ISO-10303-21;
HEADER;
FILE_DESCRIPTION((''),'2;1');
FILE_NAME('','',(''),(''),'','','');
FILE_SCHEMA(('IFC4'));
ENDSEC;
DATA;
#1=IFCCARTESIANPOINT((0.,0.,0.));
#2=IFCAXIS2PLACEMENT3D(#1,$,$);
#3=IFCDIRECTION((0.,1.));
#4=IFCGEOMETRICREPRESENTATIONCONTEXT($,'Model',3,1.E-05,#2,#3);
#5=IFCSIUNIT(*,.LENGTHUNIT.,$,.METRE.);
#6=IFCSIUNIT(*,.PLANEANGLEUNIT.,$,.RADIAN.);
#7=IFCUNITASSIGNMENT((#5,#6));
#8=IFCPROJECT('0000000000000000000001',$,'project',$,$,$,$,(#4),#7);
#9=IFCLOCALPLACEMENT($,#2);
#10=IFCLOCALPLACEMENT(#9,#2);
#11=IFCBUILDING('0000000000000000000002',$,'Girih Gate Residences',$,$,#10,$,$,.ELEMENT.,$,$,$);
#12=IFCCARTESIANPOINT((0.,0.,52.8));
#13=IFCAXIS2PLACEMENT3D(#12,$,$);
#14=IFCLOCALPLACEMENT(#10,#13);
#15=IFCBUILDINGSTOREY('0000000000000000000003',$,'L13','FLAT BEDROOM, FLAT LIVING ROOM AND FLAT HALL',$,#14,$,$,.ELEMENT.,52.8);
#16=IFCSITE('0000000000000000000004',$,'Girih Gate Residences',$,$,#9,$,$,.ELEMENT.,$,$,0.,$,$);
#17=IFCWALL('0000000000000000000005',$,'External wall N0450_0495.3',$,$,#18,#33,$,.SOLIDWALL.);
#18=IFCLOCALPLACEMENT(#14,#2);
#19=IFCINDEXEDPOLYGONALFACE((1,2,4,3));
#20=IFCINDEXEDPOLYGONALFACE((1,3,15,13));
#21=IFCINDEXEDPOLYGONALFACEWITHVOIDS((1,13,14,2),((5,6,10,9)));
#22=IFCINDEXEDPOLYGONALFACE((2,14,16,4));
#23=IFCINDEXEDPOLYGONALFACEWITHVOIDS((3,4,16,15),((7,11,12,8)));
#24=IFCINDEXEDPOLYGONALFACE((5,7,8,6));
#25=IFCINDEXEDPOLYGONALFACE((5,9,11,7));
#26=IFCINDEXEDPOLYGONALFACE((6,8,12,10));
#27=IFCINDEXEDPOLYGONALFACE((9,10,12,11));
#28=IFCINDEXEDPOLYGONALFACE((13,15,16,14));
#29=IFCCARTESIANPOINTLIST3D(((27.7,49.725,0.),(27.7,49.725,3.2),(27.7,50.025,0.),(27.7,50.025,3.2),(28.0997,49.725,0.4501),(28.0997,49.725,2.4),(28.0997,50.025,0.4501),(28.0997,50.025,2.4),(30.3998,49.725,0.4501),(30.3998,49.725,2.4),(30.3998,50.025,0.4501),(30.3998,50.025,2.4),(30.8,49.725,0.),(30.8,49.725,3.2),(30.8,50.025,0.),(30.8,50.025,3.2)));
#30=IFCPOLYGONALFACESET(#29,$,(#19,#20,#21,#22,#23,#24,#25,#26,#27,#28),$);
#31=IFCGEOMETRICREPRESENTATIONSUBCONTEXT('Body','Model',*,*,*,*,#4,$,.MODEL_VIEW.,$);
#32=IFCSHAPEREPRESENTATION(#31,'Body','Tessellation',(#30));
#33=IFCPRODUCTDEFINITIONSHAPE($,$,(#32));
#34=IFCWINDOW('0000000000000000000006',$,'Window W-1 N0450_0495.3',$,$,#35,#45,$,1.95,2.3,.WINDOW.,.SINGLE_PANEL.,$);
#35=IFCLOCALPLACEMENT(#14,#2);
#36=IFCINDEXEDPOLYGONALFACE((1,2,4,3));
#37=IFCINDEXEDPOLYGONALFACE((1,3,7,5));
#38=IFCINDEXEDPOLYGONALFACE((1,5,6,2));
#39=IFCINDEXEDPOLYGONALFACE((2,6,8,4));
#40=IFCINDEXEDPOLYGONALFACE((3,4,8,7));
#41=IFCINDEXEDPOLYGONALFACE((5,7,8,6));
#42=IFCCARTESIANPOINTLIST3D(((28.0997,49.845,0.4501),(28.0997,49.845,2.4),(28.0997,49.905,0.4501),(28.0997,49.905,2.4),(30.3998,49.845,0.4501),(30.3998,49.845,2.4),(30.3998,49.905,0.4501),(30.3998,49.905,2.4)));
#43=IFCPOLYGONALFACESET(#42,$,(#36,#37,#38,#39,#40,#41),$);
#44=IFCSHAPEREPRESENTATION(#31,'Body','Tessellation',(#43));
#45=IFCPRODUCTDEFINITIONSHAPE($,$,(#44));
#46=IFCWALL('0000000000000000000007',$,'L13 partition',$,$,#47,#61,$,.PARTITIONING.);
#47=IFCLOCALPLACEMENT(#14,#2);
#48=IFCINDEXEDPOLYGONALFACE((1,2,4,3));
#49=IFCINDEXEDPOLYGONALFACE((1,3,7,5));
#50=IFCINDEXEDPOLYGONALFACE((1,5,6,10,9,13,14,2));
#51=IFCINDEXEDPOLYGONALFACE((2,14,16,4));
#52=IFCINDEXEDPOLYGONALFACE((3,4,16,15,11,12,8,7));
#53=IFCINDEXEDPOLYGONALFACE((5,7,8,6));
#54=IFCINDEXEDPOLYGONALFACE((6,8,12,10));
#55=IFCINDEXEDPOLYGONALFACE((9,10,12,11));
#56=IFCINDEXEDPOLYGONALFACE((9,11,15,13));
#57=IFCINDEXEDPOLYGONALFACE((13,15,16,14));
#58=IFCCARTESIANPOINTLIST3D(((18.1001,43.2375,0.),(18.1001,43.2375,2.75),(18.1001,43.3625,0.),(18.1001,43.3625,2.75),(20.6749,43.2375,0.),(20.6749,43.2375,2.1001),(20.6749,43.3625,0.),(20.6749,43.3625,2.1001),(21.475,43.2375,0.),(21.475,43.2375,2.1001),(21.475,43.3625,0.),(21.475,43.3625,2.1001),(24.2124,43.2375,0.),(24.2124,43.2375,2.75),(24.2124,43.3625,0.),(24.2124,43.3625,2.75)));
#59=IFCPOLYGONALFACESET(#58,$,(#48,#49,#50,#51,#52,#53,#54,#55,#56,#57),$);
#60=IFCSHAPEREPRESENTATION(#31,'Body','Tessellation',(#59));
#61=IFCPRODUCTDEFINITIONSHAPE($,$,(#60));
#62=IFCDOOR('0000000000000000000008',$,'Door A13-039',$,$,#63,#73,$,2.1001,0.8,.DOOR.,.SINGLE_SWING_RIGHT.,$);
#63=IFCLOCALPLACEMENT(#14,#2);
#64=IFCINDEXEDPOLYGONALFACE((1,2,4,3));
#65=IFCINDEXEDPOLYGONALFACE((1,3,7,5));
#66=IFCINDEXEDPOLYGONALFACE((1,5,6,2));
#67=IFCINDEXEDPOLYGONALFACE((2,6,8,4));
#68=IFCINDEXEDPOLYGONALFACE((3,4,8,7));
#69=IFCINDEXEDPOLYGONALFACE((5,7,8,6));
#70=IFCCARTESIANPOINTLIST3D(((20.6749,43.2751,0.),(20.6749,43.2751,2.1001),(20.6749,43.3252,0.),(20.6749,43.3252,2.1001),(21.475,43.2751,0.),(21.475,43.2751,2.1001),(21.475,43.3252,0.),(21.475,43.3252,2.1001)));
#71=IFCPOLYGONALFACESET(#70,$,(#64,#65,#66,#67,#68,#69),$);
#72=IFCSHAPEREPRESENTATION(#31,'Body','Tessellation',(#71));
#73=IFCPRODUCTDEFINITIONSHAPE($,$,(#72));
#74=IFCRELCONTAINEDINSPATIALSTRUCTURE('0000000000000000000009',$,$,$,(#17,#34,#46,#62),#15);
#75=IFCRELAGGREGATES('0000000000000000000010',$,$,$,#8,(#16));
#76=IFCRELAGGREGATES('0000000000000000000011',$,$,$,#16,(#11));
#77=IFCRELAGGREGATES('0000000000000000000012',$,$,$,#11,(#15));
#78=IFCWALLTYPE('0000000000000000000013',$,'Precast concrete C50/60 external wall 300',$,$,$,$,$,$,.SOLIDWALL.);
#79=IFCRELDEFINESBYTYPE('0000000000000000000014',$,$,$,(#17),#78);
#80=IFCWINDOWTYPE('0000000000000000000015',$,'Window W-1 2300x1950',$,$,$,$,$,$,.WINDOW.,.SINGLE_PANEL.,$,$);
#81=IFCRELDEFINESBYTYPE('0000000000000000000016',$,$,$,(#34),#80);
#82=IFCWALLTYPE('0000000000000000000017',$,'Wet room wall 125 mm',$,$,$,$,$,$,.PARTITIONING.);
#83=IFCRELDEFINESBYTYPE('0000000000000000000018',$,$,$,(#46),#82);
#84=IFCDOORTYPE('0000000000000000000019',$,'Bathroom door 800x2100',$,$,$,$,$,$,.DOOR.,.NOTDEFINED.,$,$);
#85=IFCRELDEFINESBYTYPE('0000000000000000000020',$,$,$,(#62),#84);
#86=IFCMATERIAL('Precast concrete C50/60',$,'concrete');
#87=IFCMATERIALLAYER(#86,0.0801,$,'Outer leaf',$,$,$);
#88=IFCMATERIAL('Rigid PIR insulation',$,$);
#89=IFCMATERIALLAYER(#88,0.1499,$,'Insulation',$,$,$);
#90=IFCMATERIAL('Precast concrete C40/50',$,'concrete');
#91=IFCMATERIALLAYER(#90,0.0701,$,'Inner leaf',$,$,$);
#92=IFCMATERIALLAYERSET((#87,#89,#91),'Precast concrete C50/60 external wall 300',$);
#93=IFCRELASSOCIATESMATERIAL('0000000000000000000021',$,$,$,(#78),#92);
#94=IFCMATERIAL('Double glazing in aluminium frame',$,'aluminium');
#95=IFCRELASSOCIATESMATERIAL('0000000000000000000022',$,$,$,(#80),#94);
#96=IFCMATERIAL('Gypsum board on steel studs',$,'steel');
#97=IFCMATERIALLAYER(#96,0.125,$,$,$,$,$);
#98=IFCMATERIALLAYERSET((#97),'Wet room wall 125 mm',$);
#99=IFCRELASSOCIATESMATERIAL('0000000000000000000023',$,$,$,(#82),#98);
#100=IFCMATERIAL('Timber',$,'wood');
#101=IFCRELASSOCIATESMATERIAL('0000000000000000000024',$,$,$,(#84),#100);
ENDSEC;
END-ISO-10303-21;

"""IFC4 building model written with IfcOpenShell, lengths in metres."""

from ifc_helpers import new_model, si_unit, direction, frame, frame_2d, origin, place, context, subcontext, project, spatial, rectangle, extrude, material, layer, layer_set, type_object, element, fill, save


model = new_model("IFC4")

# Units and contexts
model_context = context("Model", 3, precision=1e-05, world=origin(), true_north=direction((0.0, 1.0)))
body_context = subcontext(model_context, "Body", "Model", "MODEL_VIEW")
ifc_project = project(units=[si_unit("LENGTHUNIT", "METRE"), si_unit("PLANEANGLEUNIT", "RADIAN")], contexts=[model_context])

# Site, building, storey
site_placement = place(None, origin())
site = spatial("IfcSite", under=ifc_project, at=site_placement, Name="Girih Gate Residences", CompositionType="ELEMENT", RefElevation=0.0)
building_placement = place(site_placement, origin())
building = spatial("IfcBuilding", under=site, at=building_placement, Name="Girih Gate Residences", CompositionType="ELEMENT")
storey_placement = place(building_placement, frame((0.0, 0.0, 52.8)))
storey = spatial("IfcBuildingStorey", under=building, at=storey_placement, Name="L13", Description="FLAT BEDROOM, FLAT LIVING ROOM AND FLAT HALL", CompositionType="ELEMENT", Elevation=52.8)

# Shared definitions
ifc_material_1 = material(Name="Gypsum board on steel studs", Category="steel")

# Shared definitions
ifc_material_2 = material(Name="Timber", Category="wood")

# Wall, opening, window
ifc_material_3 = material(Name="Precast concrete C50/60", Category="concrete")
ifc_layer_1 = layer(ifc_material_3, 0.0801, Name="Outer leaf")
ifc_material_4 = material(Name="Rigid PIR insulation")
ifc_layer_2 = layer(ifc_material_4, 0.1499, Name="Insulation")
ifc_material_5 = material(Name="Precast concrete C40/50", Category="concrete")
ifc_layer_3 = layer(ifc_material_5, 0.0701, Name="Inner leaf")
ifc_layer_set_1 = layer_set([ifc_layer_1, ifc_layer_2, ifc_layer_3], Name="Precast concrete C50/60 external wall 300")
wall_type_1 = type_object("IfcWallType", Name="Precast concrete C50/60 external wall 300", PredefinedType="SOLIDWALL", material=ifc_layer_set_1)
wall_1_placement = place(storey_placement, frame((27.7, 49.875, 0.0), z_axis=(0.0, 0.0, 1.0), x_axis=(1.0, 0.0, 0.0)))
wall_1 = element("IfcWall", 1, at=wall_1_placement, inside=storey, type_object=wall_type_1, Name="External wall N0450_0495.3", PredefinedType="SOLIDWALL", context=body_context, shape_type="SweptSolid", body=[
    extrude(rectangle(XDim=3.1001, YDim=0.3, at=frame_2d((1.55, 0.0))), origin(), (0.0, 0.0, 1.0), 3.2),
])
opening_1_placement = place(wall_1_placement, frame((0.3999, 0.0, 0.45)))
opening_1 = element("IfcOpeningElement", 2, at=opening_1_placement, cuts=wall_1, PredefinedType="OPENING", context=body_context, shape_type="SweptSolid", body=[
    extrude(rectangle(XDim=2.3, YDim=1.95, at=frame_2d((1.1499, 0.9751))), frame((0.0, 0.1599, 0.0), z_axis=(0.0, -1.0, 0.0), x_axis=(1.0, 0.0, 0.0)), (0.0, 0.0, 1.0), 0.3201),
])
ifc_material_6 = material(Name="Double glazing in aluminium frame", Category="aluminium")
window_type = type_object("IfcWindowType", Name="Window W-1 2300x1950", PartitioningType="SINGLE_PANEL", PredefinedType="WINDOW", material=ifc_material_6)
window_placement = place(opening_1_placement, origin())
window = element("IfcWindow", 3, at=window_placement, inside=storey, type_object=window_type, Name="Window W-1 N0450_0495.3", OverallHeight=1.95, OverallWidth=2.3, PartitioningType="SINGLE_PANEL", PredefinedType="WINDOW", context=body_context, shape_type="SweptSolid", body=[
    extrude(rectangle(XDim=2.3, YDim=1.95, at=frame_2d((1.1499, 0.9751))), frame((0.0, 0.03, 0.0), z_axis=(0.0, -1.0, 0.0), x_axis=(1.0, 0.0, 0.0)), (0.0, 0.0, 1.0), 0.0601),
])
fill(opening_1, window)

# Wall, opening, door
ifc_layer_4 = layer(ifc_material_1, 0.125)
ifc_layer_set_2 = layer_set([ifc_layer_4], Name="Wet room wall 125 mm")
wall_type_2 = type_object("IfcWallType", Name="Wet room wall 125 mm", PredefinedType="PARTITIONING", material=ifc_layer_set_2)
wall_2_placement = place(storey_placement, frame((24.2124, 43.3, 0.0), z_axis=(0.0, 0.0, 1.0), x_axis=(-1.0, 0.0, 0.0)))
wall_2 = element("IfcWall", 4, at=wall_2_placement, inside=storey, type_object=wall_type_2, Name="L13 partition", PredefinedType="PARTITIONING", context=body_context, shape_type="SweptSolid", body=[
    extrude(rectangle(XDim=6.1123, YDim=0.125, at=frame_2d((3.0562, 0.0))), origin(), (0.0, 0.0, 1.0), 2.75),
])
opening_2_placement = place(wall_2_placement, frame((2.7375, 0.0, 0.0)))
opening_2 = element("IfcOpeningElement", 5, at=opening_2_placement, cuts=wall_2, PredefinedType="OPENING", context=body_context, shape_type="SweptSolid", body=[
    extrude(rectangle(XDim=0.8, YDim=2.1001, at=frame_2d((0.3999, 1.05))), frame((0.0, 0.0725, 0.0), z_axis=(0.0, -1.0, 0.0), x_axis=(1.0, 0.0, 0.0)), (0.0, 0.0, 1.0), 0.145),
])
door_type_1 = type_object("IfcDoorType", Name="Bathroom door 800x2100", OperationType="NOTDEFINED", PredefinedType="DOOR", material=ifc_material_2)
door_1_placement = place(opening_2_placement, origin())
door_1 = element("IfcDoor", 6, at=door_1_placement, inside=storey, type_object=door_type_1, Name="Door A13-039", OperationType="SINGLE_SWING_RIGHT", OverallHeight=2.1001, OverallWidth=0.8, PredefinedType="DOOR", context=body_context, shape_type="SweptSolid", body=[
    extrude(rectangle(XDim=0.8, YDim=2.1001, at=frame_2d((0.3999, 1.05))), frame((0.0, 0.0249, 0.0), z_axis=(0.0, -1.0, 0.0), x_axis=(1.0, 0.0, 0.0)), (0.0, 0.0, 1.0), 0.05),
])
fill(opening_2, door_1)

save(model, "model.ifc")
